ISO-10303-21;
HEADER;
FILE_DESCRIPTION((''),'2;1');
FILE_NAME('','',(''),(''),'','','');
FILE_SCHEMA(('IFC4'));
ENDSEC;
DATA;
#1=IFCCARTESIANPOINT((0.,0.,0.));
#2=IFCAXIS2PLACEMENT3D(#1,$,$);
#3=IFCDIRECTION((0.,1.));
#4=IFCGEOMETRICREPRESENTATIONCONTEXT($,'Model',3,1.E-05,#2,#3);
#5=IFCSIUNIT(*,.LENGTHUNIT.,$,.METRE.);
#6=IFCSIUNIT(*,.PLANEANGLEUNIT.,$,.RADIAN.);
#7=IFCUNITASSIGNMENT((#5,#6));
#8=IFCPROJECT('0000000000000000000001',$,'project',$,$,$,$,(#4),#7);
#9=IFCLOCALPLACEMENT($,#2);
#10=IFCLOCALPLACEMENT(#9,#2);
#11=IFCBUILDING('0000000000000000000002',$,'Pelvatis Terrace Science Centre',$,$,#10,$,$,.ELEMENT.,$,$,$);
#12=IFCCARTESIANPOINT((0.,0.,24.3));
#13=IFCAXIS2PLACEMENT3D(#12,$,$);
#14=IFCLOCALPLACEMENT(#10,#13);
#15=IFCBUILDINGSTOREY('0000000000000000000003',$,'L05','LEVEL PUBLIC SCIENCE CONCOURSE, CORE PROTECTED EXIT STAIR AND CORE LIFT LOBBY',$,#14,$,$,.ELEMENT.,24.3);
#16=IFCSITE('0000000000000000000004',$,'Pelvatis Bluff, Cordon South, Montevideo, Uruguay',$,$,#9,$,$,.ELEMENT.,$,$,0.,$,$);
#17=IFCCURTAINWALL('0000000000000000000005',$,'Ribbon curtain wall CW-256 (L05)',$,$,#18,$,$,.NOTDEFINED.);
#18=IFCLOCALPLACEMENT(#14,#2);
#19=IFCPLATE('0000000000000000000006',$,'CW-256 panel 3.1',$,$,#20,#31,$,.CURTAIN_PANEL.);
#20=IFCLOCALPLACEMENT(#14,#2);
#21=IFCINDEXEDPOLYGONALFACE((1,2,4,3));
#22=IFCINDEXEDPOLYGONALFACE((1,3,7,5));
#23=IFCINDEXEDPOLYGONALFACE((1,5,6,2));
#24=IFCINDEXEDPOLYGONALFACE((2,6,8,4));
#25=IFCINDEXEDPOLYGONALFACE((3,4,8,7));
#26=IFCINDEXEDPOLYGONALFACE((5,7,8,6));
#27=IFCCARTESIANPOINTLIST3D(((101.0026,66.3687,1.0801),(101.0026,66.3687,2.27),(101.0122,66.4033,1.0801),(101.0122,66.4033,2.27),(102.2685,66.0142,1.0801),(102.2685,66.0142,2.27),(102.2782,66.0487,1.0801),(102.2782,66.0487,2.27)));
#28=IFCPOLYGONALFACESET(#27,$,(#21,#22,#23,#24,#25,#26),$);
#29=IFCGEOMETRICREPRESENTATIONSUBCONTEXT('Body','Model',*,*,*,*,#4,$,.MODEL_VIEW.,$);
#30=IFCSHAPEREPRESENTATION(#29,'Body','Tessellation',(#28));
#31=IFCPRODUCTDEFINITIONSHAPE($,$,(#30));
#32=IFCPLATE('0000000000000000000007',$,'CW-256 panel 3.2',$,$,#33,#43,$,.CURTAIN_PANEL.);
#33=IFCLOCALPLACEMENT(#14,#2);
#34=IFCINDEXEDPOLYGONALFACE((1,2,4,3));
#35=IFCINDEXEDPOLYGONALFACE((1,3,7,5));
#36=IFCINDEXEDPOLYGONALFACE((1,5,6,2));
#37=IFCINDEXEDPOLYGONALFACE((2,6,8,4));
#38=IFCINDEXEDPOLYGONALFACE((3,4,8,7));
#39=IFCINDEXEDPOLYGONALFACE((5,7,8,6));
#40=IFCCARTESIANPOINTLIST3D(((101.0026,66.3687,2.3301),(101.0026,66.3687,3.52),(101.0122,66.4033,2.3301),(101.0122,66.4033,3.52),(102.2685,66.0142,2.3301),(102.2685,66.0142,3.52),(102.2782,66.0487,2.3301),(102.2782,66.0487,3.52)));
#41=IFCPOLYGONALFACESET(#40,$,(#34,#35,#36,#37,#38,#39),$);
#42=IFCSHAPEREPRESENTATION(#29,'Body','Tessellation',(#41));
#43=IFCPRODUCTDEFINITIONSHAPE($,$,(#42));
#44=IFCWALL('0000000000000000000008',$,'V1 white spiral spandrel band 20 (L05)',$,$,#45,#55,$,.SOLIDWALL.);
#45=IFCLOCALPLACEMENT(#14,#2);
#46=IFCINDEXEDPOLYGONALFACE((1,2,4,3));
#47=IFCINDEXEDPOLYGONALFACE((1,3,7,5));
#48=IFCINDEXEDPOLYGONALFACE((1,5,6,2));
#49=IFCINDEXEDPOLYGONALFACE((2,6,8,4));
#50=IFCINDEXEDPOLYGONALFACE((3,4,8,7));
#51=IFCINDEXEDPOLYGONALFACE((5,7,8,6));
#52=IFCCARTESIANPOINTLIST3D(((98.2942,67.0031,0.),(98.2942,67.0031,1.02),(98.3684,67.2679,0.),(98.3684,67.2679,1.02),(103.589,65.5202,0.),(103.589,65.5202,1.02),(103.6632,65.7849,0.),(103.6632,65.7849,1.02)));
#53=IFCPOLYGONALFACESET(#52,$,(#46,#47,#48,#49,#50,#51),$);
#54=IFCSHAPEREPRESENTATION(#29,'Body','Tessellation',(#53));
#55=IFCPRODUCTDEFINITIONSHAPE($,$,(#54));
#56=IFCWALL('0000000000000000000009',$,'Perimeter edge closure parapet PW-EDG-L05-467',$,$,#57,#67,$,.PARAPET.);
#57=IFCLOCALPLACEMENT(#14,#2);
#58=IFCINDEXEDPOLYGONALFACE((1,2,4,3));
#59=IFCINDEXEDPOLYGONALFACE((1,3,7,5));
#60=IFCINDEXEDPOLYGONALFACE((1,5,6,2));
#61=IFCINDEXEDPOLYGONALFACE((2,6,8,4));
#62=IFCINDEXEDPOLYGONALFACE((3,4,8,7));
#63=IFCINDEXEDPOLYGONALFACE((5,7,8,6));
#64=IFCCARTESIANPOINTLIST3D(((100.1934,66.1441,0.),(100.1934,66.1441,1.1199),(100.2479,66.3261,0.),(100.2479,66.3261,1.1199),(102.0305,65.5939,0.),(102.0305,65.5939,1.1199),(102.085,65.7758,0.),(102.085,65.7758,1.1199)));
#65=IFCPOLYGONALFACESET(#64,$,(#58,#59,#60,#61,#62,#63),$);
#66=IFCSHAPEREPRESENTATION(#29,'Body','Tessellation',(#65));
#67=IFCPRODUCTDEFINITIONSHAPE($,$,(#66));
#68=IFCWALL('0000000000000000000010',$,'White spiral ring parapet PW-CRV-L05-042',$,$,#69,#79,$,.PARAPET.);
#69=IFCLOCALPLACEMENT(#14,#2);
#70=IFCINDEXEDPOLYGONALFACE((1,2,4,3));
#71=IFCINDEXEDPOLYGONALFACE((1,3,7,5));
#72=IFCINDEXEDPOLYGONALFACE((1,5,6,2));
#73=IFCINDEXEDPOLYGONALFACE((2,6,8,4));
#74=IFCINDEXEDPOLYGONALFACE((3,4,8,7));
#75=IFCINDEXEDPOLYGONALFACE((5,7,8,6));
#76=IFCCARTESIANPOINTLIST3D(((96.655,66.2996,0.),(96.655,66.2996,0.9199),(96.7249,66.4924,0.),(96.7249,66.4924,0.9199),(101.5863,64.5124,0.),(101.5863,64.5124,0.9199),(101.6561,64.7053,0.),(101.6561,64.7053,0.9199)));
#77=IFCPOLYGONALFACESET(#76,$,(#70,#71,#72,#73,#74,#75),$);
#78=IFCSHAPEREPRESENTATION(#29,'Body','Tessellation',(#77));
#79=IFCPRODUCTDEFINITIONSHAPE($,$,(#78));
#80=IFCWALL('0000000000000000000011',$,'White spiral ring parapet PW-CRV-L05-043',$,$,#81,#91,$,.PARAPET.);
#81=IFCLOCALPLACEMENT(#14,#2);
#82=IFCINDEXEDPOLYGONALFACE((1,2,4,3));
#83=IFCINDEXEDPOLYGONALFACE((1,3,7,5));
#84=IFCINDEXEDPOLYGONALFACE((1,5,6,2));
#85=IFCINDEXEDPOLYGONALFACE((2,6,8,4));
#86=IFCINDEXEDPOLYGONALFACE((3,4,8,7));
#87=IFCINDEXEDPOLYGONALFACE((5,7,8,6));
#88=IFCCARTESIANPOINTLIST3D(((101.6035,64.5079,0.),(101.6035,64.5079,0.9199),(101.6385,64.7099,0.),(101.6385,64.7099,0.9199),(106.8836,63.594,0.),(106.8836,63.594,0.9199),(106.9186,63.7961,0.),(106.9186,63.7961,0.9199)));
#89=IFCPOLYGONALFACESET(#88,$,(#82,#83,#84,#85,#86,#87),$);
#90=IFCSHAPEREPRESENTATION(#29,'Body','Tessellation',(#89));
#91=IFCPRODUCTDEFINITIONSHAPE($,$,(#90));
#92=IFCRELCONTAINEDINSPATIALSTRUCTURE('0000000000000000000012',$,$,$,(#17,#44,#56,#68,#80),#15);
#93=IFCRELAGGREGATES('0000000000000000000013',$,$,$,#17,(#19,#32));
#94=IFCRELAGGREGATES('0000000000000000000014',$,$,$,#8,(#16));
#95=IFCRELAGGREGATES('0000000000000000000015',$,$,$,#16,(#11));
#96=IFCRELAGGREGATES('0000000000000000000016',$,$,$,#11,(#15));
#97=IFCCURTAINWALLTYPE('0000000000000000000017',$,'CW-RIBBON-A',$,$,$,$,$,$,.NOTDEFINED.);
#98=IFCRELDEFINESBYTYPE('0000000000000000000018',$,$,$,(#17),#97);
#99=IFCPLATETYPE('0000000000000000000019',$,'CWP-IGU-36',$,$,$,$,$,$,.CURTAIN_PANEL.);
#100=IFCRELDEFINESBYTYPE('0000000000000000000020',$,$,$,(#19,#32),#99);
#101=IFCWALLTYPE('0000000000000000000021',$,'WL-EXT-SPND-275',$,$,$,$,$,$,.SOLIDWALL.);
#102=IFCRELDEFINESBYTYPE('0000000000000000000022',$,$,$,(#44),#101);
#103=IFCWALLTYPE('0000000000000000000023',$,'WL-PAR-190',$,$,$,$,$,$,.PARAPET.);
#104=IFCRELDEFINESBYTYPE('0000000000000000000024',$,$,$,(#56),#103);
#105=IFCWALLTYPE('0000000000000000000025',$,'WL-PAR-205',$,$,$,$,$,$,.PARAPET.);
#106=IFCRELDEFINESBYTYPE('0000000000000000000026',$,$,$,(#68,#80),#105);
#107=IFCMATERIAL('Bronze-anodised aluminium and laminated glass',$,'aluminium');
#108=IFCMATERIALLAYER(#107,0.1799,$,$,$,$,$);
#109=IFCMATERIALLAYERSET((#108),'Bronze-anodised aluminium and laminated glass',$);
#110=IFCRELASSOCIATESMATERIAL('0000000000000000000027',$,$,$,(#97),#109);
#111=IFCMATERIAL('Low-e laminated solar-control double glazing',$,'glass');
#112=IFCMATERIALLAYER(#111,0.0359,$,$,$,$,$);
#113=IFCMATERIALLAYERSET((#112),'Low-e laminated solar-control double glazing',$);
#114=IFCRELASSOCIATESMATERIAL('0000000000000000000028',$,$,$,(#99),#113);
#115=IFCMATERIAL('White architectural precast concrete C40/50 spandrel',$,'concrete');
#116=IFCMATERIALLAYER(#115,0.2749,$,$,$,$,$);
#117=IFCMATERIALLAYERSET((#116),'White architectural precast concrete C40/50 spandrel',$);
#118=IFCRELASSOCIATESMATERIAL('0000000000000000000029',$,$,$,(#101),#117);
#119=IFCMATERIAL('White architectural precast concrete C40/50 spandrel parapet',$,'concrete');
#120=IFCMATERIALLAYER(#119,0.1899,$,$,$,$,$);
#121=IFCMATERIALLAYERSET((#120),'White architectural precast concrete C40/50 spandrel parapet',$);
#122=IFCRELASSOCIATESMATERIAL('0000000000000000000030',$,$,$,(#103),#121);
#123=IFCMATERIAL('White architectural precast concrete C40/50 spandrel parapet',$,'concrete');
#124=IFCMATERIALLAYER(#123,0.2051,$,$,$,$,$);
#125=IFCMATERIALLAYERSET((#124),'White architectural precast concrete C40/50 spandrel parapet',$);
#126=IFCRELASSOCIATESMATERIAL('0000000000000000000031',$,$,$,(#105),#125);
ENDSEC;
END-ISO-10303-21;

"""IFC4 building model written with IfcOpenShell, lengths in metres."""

from ifc_helpers import new_model, si_unit, direction, frame, frame_2d, origin, origin_2d, place, context, subcontext, project, spatial, rectangle, extrude, material, layer, layer_set, type_object, element, aggregate, save


model = new_model("IFC4")

# Units and contexts
model_context = context("Model", 3, precision=1e-05, world=origin(), true_north=direction((0.0, 1.0)))
body_context = subcontext(model_context, "Body", "Model", "MODEL_VIEW")
ifc_project = project(units=[si_unit("LENGTHUNIT", "METRE"), si_unit("PLANEANGLEUNIT", "RADIAN")], contexts=[model_context])

# Site, building, storey
site_placement = place(None, origin())
site = spatial("IfcSite", under=ifc_project, at=site_placement, Name="Pelvatis Bluff, Cordon South, Montevideo, Uruguay", CompositionType="ELEMENT", RefElevation=0.0)
building_placement = place(site_placement, origin())
building = spatial("IfcBuilding", under=site, at=building_placement, Name="Pelvatis Terrace Science Centre", CompositionType="ELEMENT")
storey_placement = place(building_placement, frame((0.0, 0.0, 24.3)))
storey = spatial("IfcBuildingStorey", under=building, at=storey_placement, Name="L05", Description="LEVEL PUBLIC SCIENCE CONCOURSE, CORE PROTECTED EXIT STAIR AND CORE LIFT LOBBY", CompositionType="ELEMENT", Elevation=24.3)

# Shared definitions
ifc_material_1 = material(Name="Bronze-anodised aluminium and laminated glass", Category="aluminium")
ifc_layer_1 = layer(ifc_material_1, 0.1799)
ifc_layer_set_1 = layer_set([ifc_layer_1], Name="Bronze-anodised aluminium and laminated glass")
curtain_wall_type = type_object("IfcCurtainWallType", Name="CW-RIBBON-A", PredefinedType="NOTDEFINED", material=ifc_layer_set_1)

# Curtain wall, plates
curtain_wall_1_placement = place(storey_placement, origin())
curtain_wall_1 = element("IfcCurtainWall", 1, at=curtain_wall_1_placement, inside=storey, type_object=curtain_wall_type, Name="Ribbon curtain wall CW-256 (L05)", PredefinedType="NOTDEFINED")
ifc_material_2 = material(Name="Low-e laminated solar-control double glazing", Category="glass")
ifc_layer_2 = layer(ifc_material_2, 0.0359)
ifc_layer_set_2 = layer_set([ifc_layer_2], Name="Low-e laminated solar-control double glazing")
plate_type = type_object("IfcPlateType", Name="CWP-IGU-36", PredefinedType="CURTAIN_PANEL", material=ifc_layer_set_2)
plate_1_placement = place(storey_placement, frame((101.6404, 66.2087, 1.0801), z_axis=(0.0, 0.0, 1.0), x_axis=(0.962946, -0.269695, 0.0)))
plate_1 = element("IfcPlate", 2, at=plate_1_placement, type_object=plate_type, Name="CW-256 panel 3.1", PredefinedType="CURTAIN_PANEL", context=body_context, shape_type="SweptSolid", body=[
    extrude(rectangle(XDim=1.3147, YDim=0.0359, at=origin_2d()), origin(), (0.0, 0.0, 1.0), 1.1899),
])
plate_2_placement = place(storey_placement, frame((101.6404, 66.2087, 2.3301), z_axis=(0.0, 0.0, 1.0), x_axis=(0.962946, -0.269695, 0.0)))
plate_2 = element("IfcPlate", 3, at=plate_2_placement, type_object=plate_type, Name="CW-256 panel 3.2", PredefinedType="CURTAIN_PANEL", context=body_context, shape_type="SweptSolid", body=[
    extrude(rectangle(XDim=1.3147, YDim=0.0359, at=origin_2d()), origin(), (0.0, 0.0, 1.0), 1.1899),
])
aggregate(curtain_wall_1, [plate_1, plate_2])

# Walls
ifc_material_3 = material(Name="White architectural precast concrete C40/50 spandrel", Category="concrete")
ifc_layer_3 = layer(ifc_material_3, 0.2749)
ifc_layer_set_3 = layer_set([ifc_layer_3], Name="White architectural precast concrete C40/50 spandrel")
wall_type_1 = type_object("IfcWallType", Name="WL-EXT-SPND-275", PredefinedType="SOLIDWALL", material=ifc_layer_set_3)
wall_1_placement = place(storey_placement, frame((98.3313, 67.1355, 0.0), z_axis=(0.0, 0.0, 1.0), x_axis=(0.962945, -0.269697, 0.0)))
element("IfcWall", 4, at=wall_1_placement, inside=storey, type_object=wall_type_1, Name="V1 white spiral spandrel band 20 (L05)", PredefinedType="SOLIDWALL", context=body_context, shape_type="SweptSolid", body=[
    extrude(rectangle(XDim=5.4985, YDim=0.2749, at=frame_2d((2.7493, 0.0))), origin(), (0.0, 0.0, 1.0), 1.02),
])
ifc_material_4 = material(Name="White architectural precast concrete C40/50 spandrel parapet", Category="concrete")
ifc_layer_4 = layer(ifc_material_4, 0.1899)
ifc_layer_set_4 = layer_set([ifc_layer_4], Name="White architectural precast concrete C40/50 spandrel parapet")
wall_type_2 = type_object("IfcWallType", Name="WL-PAR-190", PredefinedType="PARAPET", material=ifc_layer_set_4)
wall_2_placement = place(storey_placement, frame((102.0579, 65.6848, 0.0), z_axis=(0.0, 0.0, 1.0), x_axis=(-0.957949, 0.286939, 0.0)))
element("IfcWall", 5, at=wall_2_placement, inside=storey, type_object=wall_type_2, Name="Perimeter edge closure parapet PW-EDG-L05-467", PredefinedType="PARAPET", context=body_context, shape_type="SweptSolid", body=[
    extrude(rectangle(XDim=1.9177, YDim=0.1899, at=frame_2d((0.959, 0.0))), origin(), (0.0, 0.0, 1.0), 1.1199),
])
ifc_material_5 = material(Name="White architectural precast concrete C40/50 spandrel parapet", Category="concrete")
ifc_layer_5 = layer(ifc_material_5, 0.2051)
ifc_layer_set_5 = layer_set([ifc_layer_5], Name="White architectural precast concrete C40/50 spandrel parapet")
wall_type_3 = type_object("IfcWallType", Name="WL-PAR-205", PredefinedType="PARAPET", material=ifc_layer_set_5)
wall_3_placement = place(storey_placement, frame((96.6899, 66.396, 0.0), z_axis=(0.0, 0.0, 1.0), x_axis=(0.940163, -0.340726, 0.0)))
element("IfcWall", 6, at=wall_3_placement, inside=storey, type_object=wall_type_3, Name="White spiral ring parapet PW-CRV-L05-042", PredefinedType="PARAPET", context=body_context, shape_type="SweptSolid", body=[
    extrude(rectangle(XDim=5.2451, YDim=0.2051, at=frame_2d((2.6226, 0.0))), origin(), (0.0, 0.0, 1.0), 0.9199),
])
wall_4_placement = place(storey_placement, frame((101.6211, 64.6089, 0.0), z_axis=(0.0, 0.0, 1.0), x_axis=(0.985352, -0.170535, 0.0)))
element("IfcWall", 7, at=wall_4_placement, inside=storey, type_object=wall_type_3, Name="White spiral ring parapet PW-CRV-L05-043", PredefinedType="PARAPET", context=body_context, shape_type="SweptSolid", body=[
    extrude(rectangle(XDim=5.3586, YDim=0.2051, at=frame_2d((2.6792, 0.0))), origin(), (0.0, 0.0, 1.0), 0.9199),
])

save(model, "model.ifc")
